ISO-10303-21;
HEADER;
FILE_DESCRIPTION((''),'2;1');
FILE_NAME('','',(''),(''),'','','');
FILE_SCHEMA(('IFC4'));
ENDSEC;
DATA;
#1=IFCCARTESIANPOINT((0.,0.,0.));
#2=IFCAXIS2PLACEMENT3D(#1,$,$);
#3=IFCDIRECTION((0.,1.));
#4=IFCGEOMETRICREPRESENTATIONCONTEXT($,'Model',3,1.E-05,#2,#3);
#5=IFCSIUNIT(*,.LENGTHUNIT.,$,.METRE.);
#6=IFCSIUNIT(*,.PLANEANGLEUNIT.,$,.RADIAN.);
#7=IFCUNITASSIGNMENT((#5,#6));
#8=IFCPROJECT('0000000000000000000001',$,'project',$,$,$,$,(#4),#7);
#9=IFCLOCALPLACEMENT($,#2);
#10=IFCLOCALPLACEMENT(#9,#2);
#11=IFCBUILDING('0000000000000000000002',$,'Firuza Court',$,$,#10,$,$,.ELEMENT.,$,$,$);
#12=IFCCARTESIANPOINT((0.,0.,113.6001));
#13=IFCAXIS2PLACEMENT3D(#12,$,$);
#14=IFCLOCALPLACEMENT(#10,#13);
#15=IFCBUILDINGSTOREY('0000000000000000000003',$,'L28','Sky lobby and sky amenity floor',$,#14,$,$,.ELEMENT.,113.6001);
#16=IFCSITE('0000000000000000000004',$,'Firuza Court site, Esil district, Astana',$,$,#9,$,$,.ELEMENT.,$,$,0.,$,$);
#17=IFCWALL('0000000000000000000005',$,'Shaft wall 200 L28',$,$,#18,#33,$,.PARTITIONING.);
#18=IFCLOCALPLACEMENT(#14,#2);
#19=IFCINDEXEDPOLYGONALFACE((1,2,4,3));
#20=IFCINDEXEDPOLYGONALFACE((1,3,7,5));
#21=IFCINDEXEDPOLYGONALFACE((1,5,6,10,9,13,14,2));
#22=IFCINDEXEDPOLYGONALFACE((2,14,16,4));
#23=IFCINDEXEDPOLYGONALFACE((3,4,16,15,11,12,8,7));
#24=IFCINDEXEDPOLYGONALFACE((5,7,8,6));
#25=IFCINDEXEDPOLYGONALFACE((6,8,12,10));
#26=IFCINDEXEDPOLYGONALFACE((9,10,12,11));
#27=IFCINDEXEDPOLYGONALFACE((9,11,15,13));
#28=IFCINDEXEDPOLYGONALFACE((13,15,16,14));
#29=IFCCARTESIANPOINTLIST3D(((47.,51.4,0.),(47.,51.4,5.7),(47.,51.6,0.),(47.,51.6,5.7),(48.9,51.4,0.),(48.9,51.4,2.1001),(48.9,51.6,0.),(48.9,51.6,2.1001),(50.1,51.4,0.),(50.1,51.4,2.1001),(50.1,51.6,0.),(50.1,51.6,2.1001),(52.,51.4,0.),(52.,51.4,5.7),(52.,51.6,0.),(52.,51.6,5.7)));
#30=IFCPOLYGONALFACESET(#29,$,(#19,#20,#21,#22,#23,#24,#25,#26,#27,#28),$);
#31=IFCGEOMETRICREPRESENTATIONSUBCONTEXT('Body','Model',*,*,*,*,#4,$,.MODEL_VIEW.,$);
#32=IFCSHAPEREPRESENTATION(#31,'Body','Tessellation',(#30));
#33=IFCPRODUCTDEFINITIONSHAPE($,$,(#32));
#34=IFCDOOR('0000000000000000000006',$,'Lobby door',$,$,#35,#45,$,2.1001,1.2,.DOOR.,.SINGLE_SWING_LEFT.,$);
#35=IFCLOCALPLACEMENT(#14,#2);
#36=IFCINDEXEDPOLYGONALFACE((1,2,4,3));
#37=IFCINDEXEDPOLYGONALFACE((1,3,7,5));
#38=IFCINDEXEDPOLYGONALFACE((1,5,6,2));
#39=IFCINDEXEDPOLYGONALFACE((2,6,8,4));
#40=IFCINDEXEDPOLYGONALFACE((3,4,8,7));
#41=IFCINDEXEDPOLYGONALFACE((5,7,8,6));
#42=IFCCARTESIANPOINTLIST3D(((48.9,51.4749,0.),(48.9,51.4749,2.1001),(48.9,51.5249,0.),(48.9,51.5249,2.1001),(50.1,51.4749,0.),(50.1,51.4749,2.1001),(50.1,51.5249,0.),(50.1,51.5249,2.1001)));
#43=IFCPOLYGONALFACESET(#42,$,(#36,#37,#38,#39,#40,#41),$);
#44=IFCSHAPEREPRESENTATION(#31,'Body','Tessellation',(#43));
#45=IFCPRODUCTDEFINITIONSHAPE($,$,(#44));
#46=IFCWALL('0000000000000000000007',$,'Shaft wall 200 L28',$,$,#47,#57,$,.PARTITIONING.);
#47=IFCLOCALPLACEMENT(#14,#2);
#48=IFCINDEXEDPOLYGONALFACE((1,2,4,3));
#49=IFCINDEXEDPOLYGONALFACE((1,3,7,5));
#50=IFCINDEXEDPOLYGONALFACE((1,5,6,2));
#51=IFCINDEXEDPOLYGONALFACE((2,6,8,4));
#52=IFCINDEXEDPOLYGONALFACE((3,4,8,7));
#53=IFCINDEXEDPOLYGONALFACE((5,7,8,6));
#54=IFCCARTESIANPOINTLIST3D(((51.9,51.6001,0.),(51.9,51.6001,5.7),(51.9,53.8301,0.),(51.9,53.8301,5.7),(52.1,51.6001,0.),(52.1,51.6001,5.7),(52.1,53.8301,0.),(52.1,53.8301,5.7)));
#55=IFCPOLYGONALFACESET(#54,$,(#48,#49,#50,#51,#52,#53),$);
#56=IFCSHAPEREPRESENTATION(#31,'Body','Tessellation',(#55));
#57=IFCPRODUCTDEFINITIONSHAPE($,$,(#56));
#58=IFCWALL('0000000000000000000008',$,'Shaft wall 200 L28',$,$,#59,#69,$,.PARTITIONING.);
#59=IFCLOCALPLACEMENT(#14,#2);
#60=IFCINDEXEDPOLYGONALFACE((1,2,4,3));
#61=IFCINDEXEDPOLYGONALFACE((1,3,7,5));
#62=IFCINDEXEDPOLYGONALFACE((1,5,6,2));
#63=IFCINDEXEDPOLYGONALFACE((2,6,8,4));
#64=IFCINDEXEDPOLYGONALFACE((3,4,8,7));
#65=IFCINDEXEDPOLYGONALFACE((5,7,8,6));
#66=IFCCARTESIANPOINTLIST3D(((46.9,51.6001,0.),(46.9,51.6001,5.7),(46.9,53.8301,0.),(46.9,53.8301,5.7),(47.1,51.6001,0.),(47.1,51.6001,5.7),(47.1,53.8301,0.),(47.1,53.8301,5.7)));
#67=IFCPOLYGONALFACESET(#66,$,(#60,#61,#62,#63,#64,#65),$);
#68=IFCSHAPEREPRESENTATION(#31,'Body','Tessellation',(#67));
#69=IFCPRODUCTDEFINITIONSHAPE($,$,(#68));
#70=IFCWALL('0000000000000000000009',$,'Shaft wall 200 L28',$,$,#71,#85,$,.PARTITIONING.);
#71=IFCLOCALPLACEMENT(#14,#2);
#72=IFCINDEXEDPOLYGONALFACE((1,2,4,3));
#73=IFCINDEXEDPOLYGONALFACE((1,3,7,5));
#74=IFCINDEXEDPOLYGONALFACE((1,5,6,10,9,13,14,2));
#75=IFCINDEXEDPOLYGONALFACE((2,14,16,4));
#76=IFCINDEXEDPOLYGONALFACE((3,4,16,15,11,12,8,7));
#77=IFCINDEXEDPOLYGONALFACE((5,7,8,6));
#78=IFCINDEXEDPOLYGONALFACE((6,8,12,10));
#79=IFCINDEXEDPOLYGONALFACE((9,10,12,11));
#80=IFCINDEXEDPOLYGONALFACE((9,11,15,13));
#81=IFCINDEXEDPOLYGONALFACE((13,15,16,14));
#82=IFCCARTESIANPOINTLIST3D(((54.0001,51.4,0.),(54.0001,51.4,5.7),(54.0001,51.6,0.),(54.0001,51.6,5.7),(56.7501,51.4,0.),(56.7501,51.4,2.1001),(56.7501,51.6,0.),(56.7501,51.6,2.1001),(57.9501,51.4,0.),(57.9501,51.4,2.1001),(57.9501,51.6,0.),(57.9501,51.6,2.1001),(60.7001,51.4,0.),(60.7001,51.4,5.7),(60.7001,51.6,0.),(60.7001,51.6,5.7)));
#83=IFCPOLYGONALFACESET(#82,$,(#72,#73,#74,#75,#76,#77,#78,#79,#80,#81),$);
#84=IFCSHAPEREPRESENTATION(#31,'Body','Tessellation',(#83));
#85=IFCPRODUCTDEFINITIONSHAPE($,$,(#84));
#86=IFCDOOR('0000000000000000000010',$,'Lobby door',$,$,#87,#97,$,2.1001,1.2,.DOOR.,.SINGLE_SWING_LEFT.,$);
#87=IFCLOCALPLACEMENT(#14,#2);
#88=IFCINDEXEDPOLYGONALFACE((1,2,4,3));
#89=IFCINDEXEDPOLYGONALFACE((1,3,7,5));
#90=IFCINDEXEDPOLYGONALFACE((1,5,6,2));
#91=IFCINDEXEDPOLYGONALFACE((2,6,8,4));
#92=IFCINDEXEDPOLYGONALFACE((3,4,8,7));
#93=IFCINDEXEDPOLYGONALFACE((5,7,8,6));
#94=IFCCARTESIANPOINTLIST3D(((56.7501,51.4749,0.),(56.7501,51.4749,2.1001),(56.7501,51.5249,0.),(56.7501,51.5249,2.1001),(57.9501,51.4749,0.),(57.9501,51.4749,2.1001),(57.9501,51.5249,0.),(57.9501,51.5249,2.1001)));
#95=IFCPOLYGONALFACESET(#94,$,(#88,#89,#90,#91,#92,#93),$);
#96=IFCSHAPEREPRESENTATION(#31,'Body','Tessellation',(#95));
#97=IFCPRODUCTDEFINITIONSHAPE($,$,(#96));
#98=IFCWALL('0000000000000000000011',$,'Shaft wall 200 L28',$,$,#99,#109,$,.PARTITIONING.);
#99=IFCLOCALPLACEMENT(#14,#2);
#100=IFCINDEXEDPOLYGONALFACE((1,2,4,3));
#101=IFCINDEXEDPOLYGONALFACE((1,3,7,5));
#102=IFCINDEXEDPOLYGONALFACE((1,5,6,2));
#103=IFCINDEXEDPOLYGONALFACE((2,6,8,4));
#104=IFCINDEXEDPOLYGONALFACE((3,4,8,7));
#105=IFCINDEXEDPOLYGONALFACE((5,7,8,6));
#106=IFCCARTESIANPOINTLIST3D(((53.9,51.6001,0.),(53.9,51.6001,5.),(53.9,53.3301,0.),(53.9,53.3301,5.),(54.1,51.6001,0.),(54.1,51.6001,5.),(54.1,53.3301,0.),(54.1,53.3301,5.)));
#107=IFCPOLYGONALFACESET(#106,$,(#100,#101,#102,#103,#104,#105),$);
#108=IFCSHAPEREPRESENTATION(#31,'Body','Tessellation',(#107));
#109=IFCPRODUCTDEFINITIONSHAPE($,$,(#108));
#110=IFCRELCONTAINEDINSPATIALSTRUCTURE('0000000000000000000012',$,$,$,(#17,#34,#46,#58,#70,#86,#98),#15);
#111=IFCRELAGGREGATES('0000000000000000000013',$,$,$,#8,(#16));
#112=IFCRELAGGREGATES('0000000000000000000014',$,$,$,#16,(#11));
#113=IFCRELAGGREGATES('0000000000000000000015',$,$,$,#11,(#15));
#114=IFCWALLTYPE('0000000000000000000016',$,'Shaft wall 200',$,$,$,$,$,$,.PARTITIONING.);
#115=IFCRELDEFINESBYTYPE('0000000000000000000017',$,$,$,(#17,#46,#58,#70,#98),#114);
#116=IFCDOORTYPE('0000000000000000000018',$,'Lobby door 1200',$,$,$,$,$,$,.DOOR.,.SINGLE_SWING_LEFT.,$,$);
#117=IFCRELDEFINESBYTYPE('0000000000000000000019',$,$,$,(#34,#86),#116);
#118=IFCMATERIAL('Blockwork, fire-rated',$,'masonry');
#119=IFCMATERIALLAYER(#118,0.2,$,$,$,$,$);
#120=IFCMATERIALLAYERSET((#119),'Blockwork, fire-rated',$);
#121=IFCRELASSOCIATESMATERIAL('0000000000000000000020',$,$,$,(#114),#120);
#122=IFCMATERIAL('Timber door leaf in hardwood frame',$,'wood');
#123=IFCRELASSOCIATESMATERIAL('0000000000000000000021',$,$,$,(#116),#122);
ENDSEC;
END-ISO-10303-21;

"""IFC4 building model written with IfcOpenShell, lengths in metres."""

from ifc_helpers import new_model, si_unit, direction, frame, frame_2d, origin, place, context, subcontext, project, spatial, rectangle, extrude, material, layer, layer_set, type_object, element, fill, save


model = new_model("IFC4")

# Units and contexts
model_context = context("Model", 3, precision=1e-05, world=origin(), true_north=direction((0.0, 1.0)))
body_context = subcontext(model_context, "Body", "Model", "MODEL_VIEW")
ifc_project = project(units=[si_unit("LENGTHUNIT", "METRE"), si_unit("PLANEANGLEUNIT", "RADIAN")], contexts=[model_context])

# Site, building, storey
site_placement = place(None, origin())
site = spatial("IfcSite", under=ifc_project, at=site_placement, Name="Firuza Court site, Esil district, Astana", CompositionType="ELEMENT", RefElevation=0.0)
building_placement = place(site_placement, origin())
building = spatial("IfcBuilding", under=site, at=building_placement, Name="Firuza Court", CompositionType="ELEMENT")
storey_placement = place(building_placement, frame((0.0, 0.0, 113.6001)))
storey = spatial("IfcBuildingStorey", under=building, at=storey_placement, Name="L28", Description="Sky lobby and sky amenity floor", CompositionType="ELEMENT", Elevation=113.6001)

# Wall, opening, door
ifc_material_1 = material(Name="Blockwork, fire-rated", Category="masonry")
ifc_layer_1 = layer(ifc_material_1, 0.2)
ifc_layer_set_1 = layer_set([ifc_layer_1], Name="Blockwork, fire-rated")
wall_type_1 = type_object("IfcWallType", Name="Shaft wall 200", PredefinedType="PARTITIONING", material=ifc_layer_set_1)
wall_1_placement = place(storey_placement, frame((47.0, 51.5, 0.0), z_axis=(0.0, 0.0, 1.0), x_axis=(1.0, 0.0, 0.0)))
wall_1 = element("IfcWall", 1, at=wall_1_placement, inside=storey, type_object=wall_type_1, Name="Shaft wall 200 L28", PredefinedType="PARTITIONING", context=body_context, shape_type="SweptSolid", body=[
    extrude(rectangle(XDim=5.0, YDim=0.2, at=frame_2d((2.5, 0.0))), origin(), (0.0, 0.0, 1.0), 5.7),
])
opening_1_placement = place(wall_1_placement, frame((1.8999, 0.0, 0.0)))
opening_1 = element("IfcOpeningElement", 2, at=opening_1_placement, cuts=wall_1, PredefinedType="OPENING", context=body_context, shape_type="SweptSolid", body=[
    extrude(rectangle(XDim=1.2, YDim=2.1001, at=frame_2d((0.6001, 1.05))), frame((0.0, 0.1118, 0.0), z_axis=(0.0, -1.0, 0.0), x_axis=(1.0, 0.0, 0.0)), (0.0, 0.0, 1.0), 0.2239),
])
ifc_material_2 = material(Name="Timber door leaf in hardwood frame", Category="wood")
door_type_1 = type_object("IfcDoorType", Name="Lobby door 1200", OperationType="SINGLE_SWING_LEFT", PredefinedType="DOOR", material=ifc_material_2)
door_1_placement = place(opening_1_placement, origin())
door_1 = element("IfcDoor", 3, at=door_1_placement, inside=storey, type_object=door_type_1, Name="Lobby door", OperationType="SINGLE_SWING_LEFT", OverallHeight=2.1001, OverallWidth=1.2, PredefinedType="DOOR", context=body_context, shape_type="SweptSolid", body=[
    extrude(rectangle(XDim=1.2, YDim=2.1001, at=frame_2d((0.6001, 1.05))), frame((0.0, 0.0249, 0.0), z_axis=(0.0, -1.0, 0.0), x_axis=(1.0, 0.0, 0.0)), (0.0, 0.0, 1.0), 0.05),
])
fill(opening_1, door_1)

# Walls
for number, where, z_axis, x_axis, name in (
    (4, (52.0, 51.6001, 0.0), (0.0, 0.0, 1.0), (0.0, 1.0, 0.0), "Shaft wall 200 L28"),
    (5, (47.0, 51.6001, 0.0), (0.0, 0.0, 1.0), (0.0, 1.0, 0.0), "Shaft wall 200 L28"),
):
    element("IfcWall", number, at=place(storey_placement, frame(where, z_axis=z_axis, x_axis=x_axis)), inside=storey, type_object=wall_type_1, Name=name, PredefinedType="PARTITIONING", context=body_context, shape_type="SweptSolid", body=[
        extrude(rectangle(XDim=2.23, YDim=0.2, at=frame_2d((1.115, 0.0))), origin(), (0.0, 0.0, 1.0), 5.7),
    ])

# Wall, opening, door
wall_2_placement = place(storey_placement, frame((54.0, 51.5, 0.0), z_axis=(0.0, 0.0, 1.0), x_axis=(1.0, 0.0, 0.0)))
wall_2 = element("IfcWall", 6, at=wall_2_placement, inside=storey, type_object=wall_type_1, Name="Shaft wall 200 L28", PredefinedType="PARTITIONING", context=body_context, shape_type="SweptSolid", body=[
    extrude(rectangle(XDim=6.7, YDim=0.2, at=frame_2d((3.3501, 0.0))), origin(), (0.0, 0.0, 1.0), 5.7),
])
opening_2_placement = place(wall_2_placement, frame((2.75, 0.0, 0.0)))
opening_2 = element("IfcOpeningElement", 7, at=opening_2_placement, cuts=wall_2, PredefinedType="OPENING", context=body_context, shape_type="SweptSolid", body=[
    extrude(rectangle(XDim=1.2, YDim=2.1001, at=frame_2d((0.6001, 1.05))), frame((0.0, 0.1118, 0.0), z_axis=(0.0, -1.0, 0.0), x_axis=(1.0, 0.0, 0.0)), (0.0, 0.0, 1.0), 0.2239),
])
door_2_placement = place(opening_2_placement, origin())
door_2 = element("IfcDoor", 8, at=door_2_placement, inside=storey, type_object=door_type_1, Name="Lobby door", OperationType="SINGLE_SWING_LEFT", OverallHeight=2.1001, OverallWidth=1.2, PredefinedType="DOOR", context=body_context, shape_type="SweptSolid", body=[
    extrude(rectangle(XDim=1.2, YDim=2.1001, at=frame_2d((0.6001, 1.05))), frame((0.0, 0.0249, 0.0), z_axis=(0.0, -1.0, 0.0), x_axis=(1.0, 0.0, 0.0)), (0.0, 0.0, 1.0), 0.05),
])
fill(opening_2, door_2)

# Wall
wall_3_placement = place(storey_placement, frame((54.0, 51.6001, 0.0), z_axis=(0.0, 0.0, 1.0), x_axis=(0.0, 1.0, 0.0)))
element("IfcWall", 9, at=wall_3_placement, inside=storey, type_object=wall_type_1, Name="Shaft wall 200 L28", PredefinedType="PARTITIONING", context=body_context, shape_type="SweptSolid", body=[
    extrude(rectangle(XDim=1.73, YDim=0.2, at=frame_2d((0.865, 0.0))), origin(), (0.0, 0.0, 1.0), 5.0),
])

save(model, "model.ifc")
